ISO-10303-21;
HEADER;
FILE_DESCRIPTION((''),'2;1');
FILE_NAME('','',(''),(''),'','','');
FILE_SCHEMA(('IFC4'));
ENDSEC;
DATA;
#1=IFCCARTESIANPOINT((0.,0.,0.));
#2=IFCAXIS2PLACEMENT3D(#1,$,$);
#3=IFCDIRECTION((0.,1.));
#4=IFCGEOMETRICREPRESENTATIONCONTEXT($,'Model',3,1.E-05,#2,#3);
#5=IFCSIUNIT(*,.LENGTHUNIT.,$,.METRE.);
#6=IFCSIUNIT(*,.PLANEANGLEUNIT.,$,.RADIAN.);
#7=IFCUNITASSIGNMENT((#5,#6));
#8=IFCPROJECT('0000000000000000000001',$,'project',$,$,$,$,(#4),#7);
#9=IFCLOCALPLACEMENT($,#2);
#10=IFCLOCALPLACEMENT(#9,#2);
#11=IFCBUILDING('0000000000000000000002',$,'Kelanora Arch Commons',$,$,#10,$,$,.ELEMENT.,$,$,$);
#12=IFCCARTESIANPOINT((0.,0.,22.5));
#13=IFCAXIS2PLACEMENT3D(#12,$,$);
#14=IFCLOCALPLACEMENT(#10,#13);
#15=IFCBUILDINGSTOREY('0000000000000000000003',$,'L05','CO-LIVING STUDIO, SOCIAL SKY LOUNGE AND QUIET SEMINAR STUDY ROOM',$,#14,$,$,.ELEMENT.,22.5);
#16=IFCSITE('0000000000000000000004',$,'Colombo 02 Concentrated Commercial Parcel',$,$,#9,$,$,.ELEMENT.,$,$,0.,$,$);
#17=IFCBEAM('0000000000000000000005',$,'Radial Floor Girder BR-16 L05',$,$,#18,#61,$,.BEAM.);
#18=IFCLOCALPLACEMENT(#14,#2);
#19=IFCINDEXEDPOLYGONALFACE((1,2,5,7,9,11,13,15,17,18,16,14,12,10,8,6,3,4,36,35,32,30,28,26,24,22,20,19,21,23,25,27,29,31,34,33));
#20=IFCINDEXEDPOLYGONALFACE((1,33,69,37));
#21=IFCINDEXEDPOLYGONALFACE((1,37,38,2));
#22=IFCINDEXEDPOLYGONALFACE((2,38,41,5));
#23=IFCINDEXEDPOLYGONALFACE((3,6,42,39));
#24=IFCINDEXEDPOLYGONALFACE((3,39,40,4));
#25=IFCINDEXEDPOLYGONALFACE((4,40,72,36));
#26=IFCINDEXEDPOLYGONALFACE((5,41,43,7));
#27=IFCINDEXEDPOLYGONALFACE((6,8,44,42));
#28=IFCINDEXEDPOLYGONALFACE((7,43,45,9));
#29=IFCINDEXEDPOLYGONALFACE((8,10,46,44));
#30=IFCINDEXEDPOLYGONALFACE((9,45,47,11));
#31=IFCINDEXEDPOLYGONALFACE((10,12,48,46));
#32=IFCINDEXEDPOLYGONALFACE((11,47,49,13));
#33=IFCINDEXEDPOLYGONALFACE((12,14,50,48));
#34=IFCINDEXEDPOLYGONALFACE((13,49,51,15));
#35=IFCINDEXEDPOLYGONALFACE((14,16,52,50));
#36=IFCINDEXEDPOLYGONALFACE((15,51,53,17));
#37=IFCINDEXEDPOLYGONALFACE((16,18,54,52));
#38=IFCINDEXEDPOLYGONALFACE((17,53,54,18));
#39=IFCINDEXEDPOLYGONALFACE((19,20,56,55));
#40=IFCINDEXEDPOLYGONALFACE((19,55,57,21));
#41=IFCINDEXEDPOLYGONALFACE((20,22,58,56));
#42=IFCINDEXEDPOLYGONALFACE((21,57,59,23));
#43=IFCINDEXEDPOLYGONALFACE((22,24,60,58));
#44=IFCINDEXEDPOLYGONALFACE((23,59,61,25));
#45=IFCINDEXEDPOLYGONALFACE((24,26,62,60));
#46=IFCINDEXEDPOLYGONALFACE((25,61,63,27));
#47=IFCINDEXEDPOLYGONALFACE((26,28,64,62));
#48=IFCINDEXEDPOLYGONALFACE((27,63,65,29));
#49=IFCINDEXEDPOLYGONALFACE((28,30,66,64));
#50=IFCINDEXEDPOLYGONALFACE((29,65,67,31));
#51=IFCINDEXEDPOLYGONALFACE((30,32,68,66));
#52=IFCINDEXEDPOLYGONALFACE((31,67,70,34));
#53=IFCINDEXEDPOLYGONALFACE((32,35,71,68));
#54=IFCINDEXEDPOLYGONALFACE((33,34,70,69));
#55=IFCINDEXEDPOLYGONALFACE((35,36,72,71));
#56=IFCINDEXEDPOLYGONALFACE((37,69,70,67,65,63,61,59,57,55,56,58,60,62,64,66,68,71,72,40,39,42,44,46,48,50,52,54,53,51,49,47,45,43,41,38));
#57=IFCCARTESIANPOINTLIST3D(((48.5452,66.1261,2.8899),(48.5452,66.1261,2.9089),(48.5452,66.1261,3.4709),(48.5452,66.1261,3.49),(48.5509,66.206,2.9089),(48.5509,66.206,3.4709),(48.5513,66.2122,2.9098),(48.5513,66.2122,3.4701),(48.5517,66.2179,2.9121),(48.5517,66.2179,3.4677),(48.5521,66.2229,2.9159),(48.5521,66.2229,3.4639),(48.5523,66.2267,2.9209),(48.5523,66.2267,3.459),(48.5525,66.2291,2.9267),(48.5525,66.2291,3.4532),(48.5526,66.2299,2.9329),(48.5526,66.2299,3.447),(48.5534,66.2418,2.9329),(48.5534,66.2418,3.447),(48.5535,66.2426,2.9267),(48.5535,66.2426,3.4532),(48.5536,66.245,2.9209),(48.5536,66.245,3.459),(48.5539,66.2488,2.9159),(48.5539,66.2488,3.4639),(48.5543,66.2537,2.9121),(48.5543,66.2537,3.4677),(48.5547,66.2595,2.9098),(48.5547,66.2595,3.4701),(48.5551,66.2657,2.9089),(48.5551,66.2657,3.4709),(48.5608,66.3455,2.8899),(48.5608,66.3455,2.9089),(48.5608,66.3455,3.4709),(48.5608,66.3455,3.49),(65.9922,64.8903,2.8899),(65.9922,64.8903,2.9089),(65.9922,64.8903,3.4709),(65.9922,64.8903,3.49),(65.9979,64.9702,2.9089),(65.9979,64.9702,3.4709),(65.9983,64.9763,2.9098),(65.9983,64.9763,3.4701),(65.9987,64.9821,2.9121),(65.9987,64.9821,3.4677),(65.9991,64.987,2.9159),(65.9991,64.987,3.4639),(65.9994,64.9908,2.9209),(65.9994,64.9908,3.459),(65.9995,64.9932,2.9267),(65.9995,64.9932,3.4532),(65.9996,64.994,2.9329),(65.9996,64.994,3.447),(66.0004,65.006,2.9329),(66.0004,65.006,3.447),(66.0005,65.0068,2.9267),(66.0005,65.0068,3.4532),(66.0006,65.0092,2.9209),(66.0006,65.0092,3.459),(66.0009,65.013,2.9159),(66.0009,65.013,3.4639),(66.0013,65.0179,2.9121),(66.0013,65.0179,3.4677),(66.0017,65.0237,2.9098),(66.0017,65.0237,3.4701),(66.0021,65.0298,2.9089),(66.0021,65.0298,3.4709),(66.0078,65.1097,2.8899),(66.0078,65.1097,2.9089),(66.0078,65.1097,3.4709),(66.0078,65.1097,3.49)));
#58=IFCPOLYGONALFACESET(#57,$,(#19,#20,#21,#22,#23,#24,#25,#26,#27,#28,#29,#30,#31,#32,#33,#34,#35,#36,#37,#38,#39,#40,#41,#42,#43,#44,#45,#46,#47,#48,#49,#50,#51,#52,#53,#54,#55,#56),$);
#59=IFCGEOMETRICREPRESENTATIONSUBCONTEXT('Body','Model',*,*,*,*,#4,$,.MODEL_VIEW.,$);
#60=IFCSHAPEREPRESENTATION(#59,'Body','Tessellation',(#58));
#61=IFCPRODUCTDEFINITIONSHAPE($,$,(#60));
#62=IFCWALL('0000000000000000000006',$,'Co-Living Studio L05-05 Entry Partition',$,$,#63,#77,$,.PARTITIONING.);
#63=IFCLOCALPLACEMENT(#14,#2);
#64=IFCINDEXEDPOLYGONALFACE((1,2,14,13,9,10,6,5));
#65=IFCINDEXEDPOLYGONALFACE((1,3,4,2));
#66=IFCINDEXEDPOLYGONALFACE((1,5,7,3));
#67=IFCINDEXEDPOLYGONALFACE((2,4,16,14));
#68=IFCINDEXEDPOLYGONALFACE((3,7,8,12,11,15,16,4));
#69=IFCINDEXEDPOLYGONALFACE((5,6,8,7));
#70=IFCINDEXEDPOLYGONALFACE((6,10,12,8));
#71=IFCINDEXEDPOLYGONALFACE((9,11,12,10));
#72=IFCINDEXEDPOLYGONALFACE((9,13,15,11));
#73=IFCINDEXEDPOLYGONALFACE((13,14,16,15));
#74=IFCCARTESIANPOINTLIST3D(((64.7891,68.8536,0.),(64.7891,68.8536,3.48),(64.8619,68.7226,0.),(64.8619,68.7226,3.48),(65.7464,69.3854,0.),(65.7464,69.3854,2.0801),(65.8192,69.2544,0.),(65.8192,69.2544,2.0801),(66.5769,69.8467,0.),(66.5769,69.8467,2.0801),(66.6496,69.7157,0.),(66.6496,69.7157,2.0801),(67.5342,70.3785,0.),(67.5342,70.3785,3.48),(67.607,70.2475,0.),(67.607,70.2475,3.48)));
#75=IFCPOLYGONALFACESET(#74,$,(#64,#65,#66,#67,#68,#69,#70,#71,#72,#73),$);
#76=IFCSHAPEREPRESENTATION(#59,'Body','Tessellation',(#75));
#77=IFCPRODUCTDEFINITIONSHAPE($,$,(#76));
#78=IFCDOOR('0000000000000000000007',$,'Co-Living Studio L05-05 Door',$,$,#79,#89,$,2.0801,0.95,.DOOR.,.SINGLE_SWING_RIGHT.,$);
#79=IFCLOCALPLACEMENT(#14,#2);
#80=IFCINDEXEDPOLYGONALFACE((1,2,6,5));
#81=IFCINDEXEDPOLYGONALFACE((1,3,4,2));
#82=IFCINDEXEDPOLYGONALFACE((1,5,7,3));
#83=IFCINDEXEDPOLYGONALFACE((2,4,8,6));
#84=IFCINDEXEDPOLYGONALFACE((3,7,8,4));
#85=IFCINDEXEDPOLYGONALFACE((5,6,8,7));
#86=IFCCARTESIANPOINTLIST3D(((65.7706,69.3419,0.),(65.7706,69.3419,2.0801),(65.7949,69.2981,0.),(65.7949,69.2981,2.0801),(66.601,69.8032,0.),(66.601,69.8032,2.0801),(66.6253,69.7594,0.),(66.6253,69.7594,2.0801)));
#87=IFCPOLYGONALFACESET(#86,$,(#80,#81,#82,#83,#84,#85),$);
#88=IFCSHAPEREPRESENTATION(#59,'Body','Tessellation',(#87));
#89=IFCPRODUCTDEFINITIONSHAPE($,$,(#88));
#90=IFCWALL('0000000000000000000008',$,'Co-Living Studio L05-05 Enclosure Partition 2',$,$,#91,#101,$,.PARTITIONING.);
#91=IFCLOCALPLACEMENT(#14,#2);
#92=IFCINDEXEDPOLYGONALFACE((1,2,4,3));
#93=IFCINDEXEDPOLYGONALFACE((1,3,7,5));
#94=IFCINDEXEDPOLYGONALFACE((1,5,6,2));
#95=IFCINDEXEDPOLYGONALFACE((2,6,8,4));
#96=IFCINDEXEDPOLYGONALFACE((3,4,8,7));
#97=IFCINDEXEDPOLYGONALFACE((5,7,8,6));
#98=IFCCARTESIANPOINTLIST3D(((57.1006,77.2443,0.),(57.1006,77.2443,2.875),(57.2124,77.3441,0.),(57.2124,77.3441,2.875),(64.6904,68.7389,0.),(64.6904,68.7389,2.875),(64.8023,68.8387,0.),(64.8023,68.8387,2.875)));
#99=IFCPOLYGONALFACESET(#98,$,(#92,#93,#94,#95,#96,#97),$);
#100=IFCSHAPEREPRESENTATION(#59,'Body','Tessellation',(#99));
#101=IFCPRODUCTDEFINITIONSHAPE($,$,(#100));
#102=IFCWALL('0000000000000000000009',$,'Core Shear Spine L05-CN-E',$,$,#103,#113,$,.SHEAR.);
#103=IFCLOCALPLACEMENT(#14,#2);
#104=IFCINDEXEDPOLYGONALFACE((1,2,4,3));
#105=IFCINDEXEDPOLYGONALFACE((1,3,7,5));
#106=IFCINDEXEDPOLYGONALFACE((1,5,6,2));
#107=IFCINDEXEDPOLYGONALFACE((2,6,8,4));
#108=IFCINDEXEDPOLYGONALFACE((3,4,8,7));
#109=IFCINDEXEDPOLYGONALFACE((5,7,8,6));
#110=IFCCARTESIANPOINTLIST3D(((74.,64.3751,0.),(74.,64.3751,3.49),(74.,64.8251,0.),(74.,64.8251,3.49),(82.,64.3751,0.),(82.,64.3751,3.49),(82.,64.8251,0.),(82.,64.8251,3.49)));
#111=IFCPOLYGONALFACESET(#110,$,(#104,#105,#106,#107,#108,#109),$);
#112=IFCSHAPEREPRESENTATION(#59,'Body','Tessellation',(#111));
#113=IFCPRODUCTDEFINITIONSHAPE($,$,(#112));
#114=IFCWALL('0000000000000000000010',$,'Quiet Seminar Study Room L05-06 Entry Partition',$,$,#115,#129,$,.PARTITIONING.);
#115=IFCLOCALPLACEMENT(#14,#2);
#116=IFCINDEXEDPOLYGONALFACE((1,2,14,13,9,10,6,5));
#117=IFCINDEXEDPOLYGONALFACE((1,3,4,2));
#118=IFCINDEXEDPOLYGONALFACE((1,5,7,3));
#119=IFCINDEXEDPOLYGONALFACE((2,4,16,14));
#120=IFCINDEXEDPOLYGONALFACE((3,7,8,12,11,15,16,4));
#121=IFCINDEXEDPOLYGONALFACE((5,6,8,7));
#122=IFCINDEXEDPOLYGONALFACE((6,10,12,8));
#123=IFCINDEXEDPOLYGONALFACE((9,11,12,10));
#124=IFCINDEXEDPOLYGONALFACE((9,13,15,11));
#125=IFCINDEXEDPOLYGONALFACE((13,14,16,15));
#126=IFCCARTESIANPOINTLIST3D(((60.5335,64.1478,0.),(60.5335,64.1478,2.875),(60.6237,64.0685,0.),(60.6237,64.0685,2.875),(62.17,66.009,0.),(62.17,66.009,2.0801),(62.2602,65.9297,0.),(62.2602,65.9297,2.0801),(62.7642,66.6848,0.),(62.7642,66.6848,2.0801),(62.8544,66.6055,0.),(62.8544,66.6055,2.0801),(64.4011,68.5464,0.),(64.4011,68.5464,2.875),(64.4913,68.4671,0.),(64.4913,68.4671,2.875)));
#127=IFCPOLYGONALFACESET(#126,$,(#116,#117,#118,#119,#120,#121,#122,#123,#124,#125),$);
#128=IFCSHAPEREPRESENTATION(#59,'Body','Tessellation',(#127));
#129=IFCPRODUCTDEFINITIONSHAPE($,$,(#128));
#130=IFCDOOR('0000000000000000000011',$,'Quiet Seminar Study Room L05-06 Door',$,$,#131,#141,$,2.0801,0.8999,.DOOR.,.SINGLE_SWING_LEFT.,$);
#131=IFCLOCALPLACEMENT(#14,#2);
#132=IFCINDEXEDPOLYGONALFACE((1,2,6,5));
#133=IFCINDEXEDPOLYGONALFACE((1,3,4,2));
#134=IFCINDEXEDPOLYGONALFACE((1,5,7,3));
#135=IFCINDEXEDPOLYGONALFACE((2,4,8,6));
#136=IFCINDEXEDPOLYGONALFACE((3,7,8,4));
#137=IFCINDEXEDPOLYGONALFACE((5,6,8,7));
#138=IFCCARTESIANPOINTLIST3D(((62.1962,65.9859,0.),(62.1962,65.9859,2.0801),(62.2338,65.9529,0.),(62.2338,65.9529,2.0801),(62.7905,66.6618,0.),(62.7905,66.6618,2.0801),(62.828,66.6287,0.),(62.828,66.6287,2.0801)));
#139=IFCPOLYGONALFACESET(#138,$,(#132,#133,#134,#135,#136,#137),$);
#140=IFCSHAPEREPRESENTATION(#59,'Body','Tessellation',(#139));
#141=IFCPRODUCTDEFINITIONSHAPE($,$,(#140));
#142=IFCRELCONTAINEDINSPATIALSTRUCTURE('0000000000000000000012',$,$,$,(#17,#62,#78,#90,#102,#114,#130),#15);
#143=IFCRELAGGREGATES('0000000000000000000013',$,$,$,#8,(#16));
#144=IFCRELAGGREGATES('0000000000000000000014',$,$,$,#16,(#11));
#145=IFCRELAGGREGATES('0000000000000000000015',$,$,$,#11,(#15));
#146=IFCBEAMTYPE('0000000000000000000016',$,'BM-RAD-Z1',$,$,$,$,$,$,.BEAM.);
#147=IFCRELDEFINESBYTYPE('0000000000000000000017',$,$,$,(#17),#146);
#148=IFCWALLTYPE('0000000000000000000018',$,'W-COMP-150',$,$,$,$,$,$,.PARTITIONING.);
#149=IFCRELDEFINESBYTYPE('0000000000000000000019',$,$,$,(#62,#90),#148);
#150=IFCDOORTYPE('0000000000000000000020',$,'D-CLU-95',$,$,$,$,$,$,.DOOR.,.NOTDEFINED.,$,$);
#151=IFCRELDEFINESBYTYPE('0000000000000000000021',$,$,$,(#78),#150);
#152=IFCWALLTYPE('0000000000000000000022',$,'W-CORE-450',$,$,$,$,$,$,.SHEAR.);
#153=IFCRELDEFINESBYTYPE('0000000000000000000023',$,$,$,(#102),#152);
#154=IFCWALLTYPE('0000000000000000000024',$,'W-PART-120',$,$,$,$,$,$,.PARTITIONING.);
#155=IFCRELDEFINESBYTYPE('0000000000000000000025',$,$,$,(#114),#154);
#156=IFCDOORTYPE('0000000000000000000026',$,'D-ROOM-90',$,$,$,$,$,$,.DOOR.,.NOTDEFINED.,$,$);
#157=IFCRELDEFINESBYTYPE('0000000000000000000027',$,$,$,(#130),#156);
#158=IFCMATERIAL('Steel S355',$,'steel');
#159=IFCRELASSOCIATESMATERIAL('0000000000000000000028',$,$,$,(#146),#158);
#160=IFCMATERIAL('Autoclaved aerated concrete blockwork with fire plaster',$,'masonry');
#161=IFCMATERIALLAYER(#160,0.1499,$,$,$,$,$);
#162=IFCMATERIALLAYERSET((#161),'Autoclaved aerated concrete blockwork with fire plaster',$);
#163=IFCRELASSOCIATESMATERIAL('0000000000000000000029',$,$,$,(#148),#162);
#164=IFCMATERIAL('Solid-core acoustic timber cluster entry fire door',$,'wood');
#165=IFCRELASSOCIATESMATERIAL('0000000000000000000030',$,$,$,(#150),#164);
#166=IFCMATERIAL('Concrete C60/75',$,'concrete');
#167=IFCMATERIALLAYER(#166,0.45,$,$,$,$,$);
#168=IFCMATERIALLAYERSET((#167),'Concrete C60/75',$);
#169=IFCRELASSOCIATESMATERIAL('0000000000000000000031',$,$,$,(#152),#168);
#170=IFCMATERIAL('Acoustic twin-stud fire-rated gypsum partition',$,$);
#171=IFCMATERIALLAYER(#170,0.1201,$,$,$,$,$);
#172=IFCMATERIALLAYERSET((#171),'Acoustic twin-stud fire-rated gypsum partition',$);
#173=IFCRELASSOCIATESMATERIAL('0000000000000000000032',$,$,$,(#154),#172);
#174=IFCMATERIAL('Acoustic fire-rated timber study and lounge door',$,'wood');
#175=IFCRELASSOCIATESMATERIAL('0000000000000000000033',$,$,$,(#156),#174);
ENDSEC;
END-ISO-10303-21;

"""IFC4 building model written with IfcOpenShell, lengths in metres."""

from ifc_helpers import new_model, si_unit, direction, frame, frame_2d, origin, origin_2d, place, context, subcontext, project, spatial, rectangle, i_section, extrude, material, layer, layer_set, material_profile, profile_set, type_object, element, fill, save


model = new_model("IFC4")

# Units and contexts
model_context = context("Model", 3, precision=1e-05, world=origin(), true_north=direction((0.0, 1.0)))
body_context = subcontext(model_context, "Body", "Model", "MODEL_VIEW")
ifc_project = project(units=[si_unit("LENGTHUNIT", "METRE"), si_unit("PLANEANGLEUNIT", "RADIAN")], contexts=[model_context])

# Site, building, storey
site_placement = place(None, origin())
site = spatial("IfcSite", under=ifc_project, at=site_placement, Name="Colombo 02 Concentrated Commercial Parcel", CompositionType="ELEMENT", RefElevation=0.0)
building_placement = place(site_placement, origin())
building = spatial("IfcBuilding", under=site, at=building_placement, Name="Kelanora Arch Commons", CompositionType="ELEMENT")
storey_placement = place(building_placement, frame((0.0, 0.0, 22.5)))
storey = spatial("IfcBuildingStorey", under=building, at=storey_placement, Name="L05", Description="CO-LIVING STUDIO, SOCIAL SKY LOUNGE AND QUIET SEMINAR STUDY ROOM", CompositionType="ELEMENT", Elevation=22.5)

# Shared definitions
ifc_material_1 = material(Name="Concrete C60/75", Category="concrete")

# Beam
ifc_material_2 = material(Name="Steel S355", Category="steel")
ifc_material_profile_1 = material_profile(ifc_material_2, i_section(OverallWidth=0.22, OverallDepth=0.6001, WebThickness=0.012, FlangeThickness=0.019, FilletRadius=0.0239, at=origin_2d()), Name="IPE600")
ifc_profile_set_1 = profile_set([ifc_material_profile_1], Name="Steel S355")
beam_type_1 = type_object("IfcBeamType", Name="BM-RAD-Z1", PredefinedType="BEAM", material=ifc_profile_set_1)
beam_1_placement = place(storey_placement, frame((66.0, 65.0, 3.1899), z_axis=(-0.997501, 0.070657, 0.0), x_axis=(-0.070657, -0.997501, 0.0)))
element("IfcBeam", 1, at=beam_1_placement, inside=storey, type_object=beam_type_1, Name="Radial Floor Girder BR-16 L05", PredefinedType="BEAM", context=body_context, shape_type="SweptSolid", body=[
    extrude(i_section(OverallWidth=0.22, OverallDepth=0.6001, WebThickness=0.012, FlangeThickness=0.019, FilletRadius=0.0239, at=origin_2d()), origin(), (0.0, 0.0, 1.0), 17.4907),
])

# Wall, opening, door
ifc_material_3 = material(Name="Autoclaved aerated concrete blockwork with fire plaster", Category="masonry")
ifc_layer_1 = layer(ifc_material_3, 0.1499)
ifc_layer_set_1 = layer_set([ifc_layer_1], Name="Autoclaved aerated concrete blockwork with fire plaster")
wall_type_1 = type_object("IfcWallType", Name="W-COMP-150", PredefinedType="PARTITIONING", material=ifc_layer_set_1)
wall_1_placement = place(storey_placement, frame((67.5706, 70.313, 0.0), z_axis=(0.0, 0.0, 1.0), x_axis=(-0.874179, -0.485603, 0.0)))
wall_1 = element("IfcWall", 2, at=wall_1_placement, inside=storey, type_object=wall_type_1, Name="Co-Living Studio L05-05 Entry Partition", PredefinedType="PARTITIONING", context=body_context, shape_type="SweptSolid", body=[
    extrude(rectangle(XDim=3.1401, YDim=0.1499, at=frame_2d((1.5701, 0.0))), origin(), (0.0, 0.0, 1.0), 3.48),
])
opening_1_placement = place(wall_1_placement, frame((1.095, 0.0, 0.0)))
opening_1 = element("IfcOpeningElement", 3, at=opening_1_placement, cuts=wall_1, PredefinedType="OPENING", context=body_context, shape_type="SweptSolid", body=[
    extrude(rectangle(XDim=0.95, YDim=2.0801, at=frame_2d((0.4751, 1.04))), frame((0.0, 0.085, 0.0), z_axis=(0.0, -1.0, 0.0), x_axis=(1.0, 0.0, 0.0)), (0.0, 0.0, 1.0), 0.1699),
])
ifc_material_4 = material(Name="Solid-core acoustic timber cluster entry fire door", Category="wood")
door_type_1 = type_object("IfcDoorType", Name="D-CLU-95", OperationType="NOTDEFINED", PredefinedType="DOOR", material=ifc_material_4)
door_1_placement = place(opening_1_placement, origin())
door_1 = element("IfcDoor", 4, at=door_1_placement, inside=storey, type_object=door_type_1, Name="Co-Living Studio L05-05 Door", OperationType="SINGLE_SWING_RIGHT", OverallHeight=2.0801, OverallWidth=0.95, PredefinedType="DOOR", context=body_context, shape_type="SweptSolid", body=[
    extrude(rectangle(XDim=0.95, YDim=2.0801, at=frame_2d((0.4751, 1.04))), frame((0.0, 0.0249, 0.0), z_axis=(0.0, -1.0, 0.0), x_axis=(1.0, 0.0, 0.0)), (0.0, 0.0, 1.0), 0.05),
])
fill(opening_1, door_1)

# Walls
wall_2_placement = place(storey_placement, frame((64.7463, 68.7888, 0.0), z_axis=(0.0, 0.0, 1.0), x_axis=(-0.665809, 0.746122, 0.0)))
element("IfcWall", 5, at=wall_2_placement, inside=storey, type_object=wall_type_1, Name="Co-Living Studio L05-05 Enclosure Partition 2", PredefinedType="PARTITIONING", context=body_context, shape_type="SweptSolid", body=[
    extrude(rectangle(XDim=11.3994, YDim=0.1499, at=frame_2d((5.6997, 0.0))), origin(), (0.0, 0.0, 1.0), 2.875),
])
ifc_layer_2 = layer(ifc_material_1, 0.45)
ifc_layer_set_2 = layer_set([ifc_layer_2], Name="Concrete C60/75")
wall_type_2 = type_object("IfcWallType", Name="W-CORE-450", PredefinedType="SHEAR", material=ifc_layer_set_2)
wall_3_placement = place(storey_placement, frame((74.0, 64.6001, 0.0), z_axis=(0.0, 0.0, 1.0), x_axis=(1.0, 0.0, 0.0)))
element("IfcWall", 6, at=wall_3_placement, inside=storey, type_object=wall_type_2, Name="Core Shear Spine L05-CN-E", PredefinedType="SHEAR", context=body_context, shape_type="SweptSolid", body=[
    extrude(rectangle(XDim=8.0, YDim=0.45, at=frame_2d((4.0, 0.0))), origin(), (0.0, 0.0, 1.0), 3.49),
])

# Wall, opening, door
ifc_material_5 = material(Name="Acoustic twin-stud fire-rated gypsum partition")
ifc_layer_3 = layer(ifc_material_5, 0.1201)
ifc_layer_set_3 = layer_set([ifc_layer_3], Name="Acoustic twin-stud fire-rated gypsum partition")
wall_type_3 = type_object("IfcWallType", Name="W-PART-120", PredefinedType="PARTITIONING", material=ifc_layer_set_3)
wall_4_placement = place(storey_placement, frame((64.4463, 68.5068, 0.0), z_axis=(0.0, 0.0, 1.0), x_axis=(-0.660323, -0.750981, 0.0)))
wall_4 = element("IfcWall", 7, at=wall_4_placement, inside=storey, type_object=wall_type_3, Name="Quiet Seminar Study Room L05-06 Entry Partition", PredefinedType="PARTITIONING", context=body_context, shape_type="SweptSolid", body=[
    extrude(rectangle(XDim=5.8572, YDim=0.1201, at=frame_2d((2.9287, 0.0))), origin(), (0.0, 0.0, 1.0), 2.875),
])
opening_2_placement = place(wall_4_placement, frame((2.479, 0.0, 0.0)))
opening_2 = element("IfcOpeningElement", 8, at=opening_2_placement, cuts=wall_4, PredefinedType="OPENING", context=body_context, shape_type="SweptSolid", body=[
    extrude(rectangle(XDim=0.8999, YDim=2.0801, at=frame_2d((0.45, 1.04))), frame((0.0, 0.0701, 0.0), z_axis=(0.0, -1.0, 0.0), x_axis=(1.0, 0.0, 0.0)), (0.0, 0.0, 1.0), 0.1401),
])
ifc_material_6 = material(Name="Acoustic fire-rated timber study and lounge door", Category="wood")
door_type_2 = type_object("IfcDoorType", Name="D-ROOM-90", OperationType="NOTDEFINED", PredefinedType="DOOR", material=ifc_material_6)
door_2_placement = place(opening_2_placement, origin())
door_2 = element("IfcDoor", 9, at=door_2_placement, inside=storey, type_object=door_type_2, Name="Quiet Seminar Study Room L05-06 Door", OperationType="SINGLE_SWING_LEFT", OverallHeight=2.0801, OverallWidth=0.8999, PredefinedType="DOOR", context=body_context, shape_type="SweptSolid", body=[
    extrude(rectangle(XDim=0.8999, YDim=2.0801, at=frame_2d((0.45, 1.04))), frame((0.0, 0.0249, 0.0), z_axis=(0.0, -1.0, 0.0), x_axis=(1.0, 0.0, 0.0)), (0.0, 0.0, 1.0), 0.05),
])
fill(opening_2, door_2)

save(model, "model.ifc")
